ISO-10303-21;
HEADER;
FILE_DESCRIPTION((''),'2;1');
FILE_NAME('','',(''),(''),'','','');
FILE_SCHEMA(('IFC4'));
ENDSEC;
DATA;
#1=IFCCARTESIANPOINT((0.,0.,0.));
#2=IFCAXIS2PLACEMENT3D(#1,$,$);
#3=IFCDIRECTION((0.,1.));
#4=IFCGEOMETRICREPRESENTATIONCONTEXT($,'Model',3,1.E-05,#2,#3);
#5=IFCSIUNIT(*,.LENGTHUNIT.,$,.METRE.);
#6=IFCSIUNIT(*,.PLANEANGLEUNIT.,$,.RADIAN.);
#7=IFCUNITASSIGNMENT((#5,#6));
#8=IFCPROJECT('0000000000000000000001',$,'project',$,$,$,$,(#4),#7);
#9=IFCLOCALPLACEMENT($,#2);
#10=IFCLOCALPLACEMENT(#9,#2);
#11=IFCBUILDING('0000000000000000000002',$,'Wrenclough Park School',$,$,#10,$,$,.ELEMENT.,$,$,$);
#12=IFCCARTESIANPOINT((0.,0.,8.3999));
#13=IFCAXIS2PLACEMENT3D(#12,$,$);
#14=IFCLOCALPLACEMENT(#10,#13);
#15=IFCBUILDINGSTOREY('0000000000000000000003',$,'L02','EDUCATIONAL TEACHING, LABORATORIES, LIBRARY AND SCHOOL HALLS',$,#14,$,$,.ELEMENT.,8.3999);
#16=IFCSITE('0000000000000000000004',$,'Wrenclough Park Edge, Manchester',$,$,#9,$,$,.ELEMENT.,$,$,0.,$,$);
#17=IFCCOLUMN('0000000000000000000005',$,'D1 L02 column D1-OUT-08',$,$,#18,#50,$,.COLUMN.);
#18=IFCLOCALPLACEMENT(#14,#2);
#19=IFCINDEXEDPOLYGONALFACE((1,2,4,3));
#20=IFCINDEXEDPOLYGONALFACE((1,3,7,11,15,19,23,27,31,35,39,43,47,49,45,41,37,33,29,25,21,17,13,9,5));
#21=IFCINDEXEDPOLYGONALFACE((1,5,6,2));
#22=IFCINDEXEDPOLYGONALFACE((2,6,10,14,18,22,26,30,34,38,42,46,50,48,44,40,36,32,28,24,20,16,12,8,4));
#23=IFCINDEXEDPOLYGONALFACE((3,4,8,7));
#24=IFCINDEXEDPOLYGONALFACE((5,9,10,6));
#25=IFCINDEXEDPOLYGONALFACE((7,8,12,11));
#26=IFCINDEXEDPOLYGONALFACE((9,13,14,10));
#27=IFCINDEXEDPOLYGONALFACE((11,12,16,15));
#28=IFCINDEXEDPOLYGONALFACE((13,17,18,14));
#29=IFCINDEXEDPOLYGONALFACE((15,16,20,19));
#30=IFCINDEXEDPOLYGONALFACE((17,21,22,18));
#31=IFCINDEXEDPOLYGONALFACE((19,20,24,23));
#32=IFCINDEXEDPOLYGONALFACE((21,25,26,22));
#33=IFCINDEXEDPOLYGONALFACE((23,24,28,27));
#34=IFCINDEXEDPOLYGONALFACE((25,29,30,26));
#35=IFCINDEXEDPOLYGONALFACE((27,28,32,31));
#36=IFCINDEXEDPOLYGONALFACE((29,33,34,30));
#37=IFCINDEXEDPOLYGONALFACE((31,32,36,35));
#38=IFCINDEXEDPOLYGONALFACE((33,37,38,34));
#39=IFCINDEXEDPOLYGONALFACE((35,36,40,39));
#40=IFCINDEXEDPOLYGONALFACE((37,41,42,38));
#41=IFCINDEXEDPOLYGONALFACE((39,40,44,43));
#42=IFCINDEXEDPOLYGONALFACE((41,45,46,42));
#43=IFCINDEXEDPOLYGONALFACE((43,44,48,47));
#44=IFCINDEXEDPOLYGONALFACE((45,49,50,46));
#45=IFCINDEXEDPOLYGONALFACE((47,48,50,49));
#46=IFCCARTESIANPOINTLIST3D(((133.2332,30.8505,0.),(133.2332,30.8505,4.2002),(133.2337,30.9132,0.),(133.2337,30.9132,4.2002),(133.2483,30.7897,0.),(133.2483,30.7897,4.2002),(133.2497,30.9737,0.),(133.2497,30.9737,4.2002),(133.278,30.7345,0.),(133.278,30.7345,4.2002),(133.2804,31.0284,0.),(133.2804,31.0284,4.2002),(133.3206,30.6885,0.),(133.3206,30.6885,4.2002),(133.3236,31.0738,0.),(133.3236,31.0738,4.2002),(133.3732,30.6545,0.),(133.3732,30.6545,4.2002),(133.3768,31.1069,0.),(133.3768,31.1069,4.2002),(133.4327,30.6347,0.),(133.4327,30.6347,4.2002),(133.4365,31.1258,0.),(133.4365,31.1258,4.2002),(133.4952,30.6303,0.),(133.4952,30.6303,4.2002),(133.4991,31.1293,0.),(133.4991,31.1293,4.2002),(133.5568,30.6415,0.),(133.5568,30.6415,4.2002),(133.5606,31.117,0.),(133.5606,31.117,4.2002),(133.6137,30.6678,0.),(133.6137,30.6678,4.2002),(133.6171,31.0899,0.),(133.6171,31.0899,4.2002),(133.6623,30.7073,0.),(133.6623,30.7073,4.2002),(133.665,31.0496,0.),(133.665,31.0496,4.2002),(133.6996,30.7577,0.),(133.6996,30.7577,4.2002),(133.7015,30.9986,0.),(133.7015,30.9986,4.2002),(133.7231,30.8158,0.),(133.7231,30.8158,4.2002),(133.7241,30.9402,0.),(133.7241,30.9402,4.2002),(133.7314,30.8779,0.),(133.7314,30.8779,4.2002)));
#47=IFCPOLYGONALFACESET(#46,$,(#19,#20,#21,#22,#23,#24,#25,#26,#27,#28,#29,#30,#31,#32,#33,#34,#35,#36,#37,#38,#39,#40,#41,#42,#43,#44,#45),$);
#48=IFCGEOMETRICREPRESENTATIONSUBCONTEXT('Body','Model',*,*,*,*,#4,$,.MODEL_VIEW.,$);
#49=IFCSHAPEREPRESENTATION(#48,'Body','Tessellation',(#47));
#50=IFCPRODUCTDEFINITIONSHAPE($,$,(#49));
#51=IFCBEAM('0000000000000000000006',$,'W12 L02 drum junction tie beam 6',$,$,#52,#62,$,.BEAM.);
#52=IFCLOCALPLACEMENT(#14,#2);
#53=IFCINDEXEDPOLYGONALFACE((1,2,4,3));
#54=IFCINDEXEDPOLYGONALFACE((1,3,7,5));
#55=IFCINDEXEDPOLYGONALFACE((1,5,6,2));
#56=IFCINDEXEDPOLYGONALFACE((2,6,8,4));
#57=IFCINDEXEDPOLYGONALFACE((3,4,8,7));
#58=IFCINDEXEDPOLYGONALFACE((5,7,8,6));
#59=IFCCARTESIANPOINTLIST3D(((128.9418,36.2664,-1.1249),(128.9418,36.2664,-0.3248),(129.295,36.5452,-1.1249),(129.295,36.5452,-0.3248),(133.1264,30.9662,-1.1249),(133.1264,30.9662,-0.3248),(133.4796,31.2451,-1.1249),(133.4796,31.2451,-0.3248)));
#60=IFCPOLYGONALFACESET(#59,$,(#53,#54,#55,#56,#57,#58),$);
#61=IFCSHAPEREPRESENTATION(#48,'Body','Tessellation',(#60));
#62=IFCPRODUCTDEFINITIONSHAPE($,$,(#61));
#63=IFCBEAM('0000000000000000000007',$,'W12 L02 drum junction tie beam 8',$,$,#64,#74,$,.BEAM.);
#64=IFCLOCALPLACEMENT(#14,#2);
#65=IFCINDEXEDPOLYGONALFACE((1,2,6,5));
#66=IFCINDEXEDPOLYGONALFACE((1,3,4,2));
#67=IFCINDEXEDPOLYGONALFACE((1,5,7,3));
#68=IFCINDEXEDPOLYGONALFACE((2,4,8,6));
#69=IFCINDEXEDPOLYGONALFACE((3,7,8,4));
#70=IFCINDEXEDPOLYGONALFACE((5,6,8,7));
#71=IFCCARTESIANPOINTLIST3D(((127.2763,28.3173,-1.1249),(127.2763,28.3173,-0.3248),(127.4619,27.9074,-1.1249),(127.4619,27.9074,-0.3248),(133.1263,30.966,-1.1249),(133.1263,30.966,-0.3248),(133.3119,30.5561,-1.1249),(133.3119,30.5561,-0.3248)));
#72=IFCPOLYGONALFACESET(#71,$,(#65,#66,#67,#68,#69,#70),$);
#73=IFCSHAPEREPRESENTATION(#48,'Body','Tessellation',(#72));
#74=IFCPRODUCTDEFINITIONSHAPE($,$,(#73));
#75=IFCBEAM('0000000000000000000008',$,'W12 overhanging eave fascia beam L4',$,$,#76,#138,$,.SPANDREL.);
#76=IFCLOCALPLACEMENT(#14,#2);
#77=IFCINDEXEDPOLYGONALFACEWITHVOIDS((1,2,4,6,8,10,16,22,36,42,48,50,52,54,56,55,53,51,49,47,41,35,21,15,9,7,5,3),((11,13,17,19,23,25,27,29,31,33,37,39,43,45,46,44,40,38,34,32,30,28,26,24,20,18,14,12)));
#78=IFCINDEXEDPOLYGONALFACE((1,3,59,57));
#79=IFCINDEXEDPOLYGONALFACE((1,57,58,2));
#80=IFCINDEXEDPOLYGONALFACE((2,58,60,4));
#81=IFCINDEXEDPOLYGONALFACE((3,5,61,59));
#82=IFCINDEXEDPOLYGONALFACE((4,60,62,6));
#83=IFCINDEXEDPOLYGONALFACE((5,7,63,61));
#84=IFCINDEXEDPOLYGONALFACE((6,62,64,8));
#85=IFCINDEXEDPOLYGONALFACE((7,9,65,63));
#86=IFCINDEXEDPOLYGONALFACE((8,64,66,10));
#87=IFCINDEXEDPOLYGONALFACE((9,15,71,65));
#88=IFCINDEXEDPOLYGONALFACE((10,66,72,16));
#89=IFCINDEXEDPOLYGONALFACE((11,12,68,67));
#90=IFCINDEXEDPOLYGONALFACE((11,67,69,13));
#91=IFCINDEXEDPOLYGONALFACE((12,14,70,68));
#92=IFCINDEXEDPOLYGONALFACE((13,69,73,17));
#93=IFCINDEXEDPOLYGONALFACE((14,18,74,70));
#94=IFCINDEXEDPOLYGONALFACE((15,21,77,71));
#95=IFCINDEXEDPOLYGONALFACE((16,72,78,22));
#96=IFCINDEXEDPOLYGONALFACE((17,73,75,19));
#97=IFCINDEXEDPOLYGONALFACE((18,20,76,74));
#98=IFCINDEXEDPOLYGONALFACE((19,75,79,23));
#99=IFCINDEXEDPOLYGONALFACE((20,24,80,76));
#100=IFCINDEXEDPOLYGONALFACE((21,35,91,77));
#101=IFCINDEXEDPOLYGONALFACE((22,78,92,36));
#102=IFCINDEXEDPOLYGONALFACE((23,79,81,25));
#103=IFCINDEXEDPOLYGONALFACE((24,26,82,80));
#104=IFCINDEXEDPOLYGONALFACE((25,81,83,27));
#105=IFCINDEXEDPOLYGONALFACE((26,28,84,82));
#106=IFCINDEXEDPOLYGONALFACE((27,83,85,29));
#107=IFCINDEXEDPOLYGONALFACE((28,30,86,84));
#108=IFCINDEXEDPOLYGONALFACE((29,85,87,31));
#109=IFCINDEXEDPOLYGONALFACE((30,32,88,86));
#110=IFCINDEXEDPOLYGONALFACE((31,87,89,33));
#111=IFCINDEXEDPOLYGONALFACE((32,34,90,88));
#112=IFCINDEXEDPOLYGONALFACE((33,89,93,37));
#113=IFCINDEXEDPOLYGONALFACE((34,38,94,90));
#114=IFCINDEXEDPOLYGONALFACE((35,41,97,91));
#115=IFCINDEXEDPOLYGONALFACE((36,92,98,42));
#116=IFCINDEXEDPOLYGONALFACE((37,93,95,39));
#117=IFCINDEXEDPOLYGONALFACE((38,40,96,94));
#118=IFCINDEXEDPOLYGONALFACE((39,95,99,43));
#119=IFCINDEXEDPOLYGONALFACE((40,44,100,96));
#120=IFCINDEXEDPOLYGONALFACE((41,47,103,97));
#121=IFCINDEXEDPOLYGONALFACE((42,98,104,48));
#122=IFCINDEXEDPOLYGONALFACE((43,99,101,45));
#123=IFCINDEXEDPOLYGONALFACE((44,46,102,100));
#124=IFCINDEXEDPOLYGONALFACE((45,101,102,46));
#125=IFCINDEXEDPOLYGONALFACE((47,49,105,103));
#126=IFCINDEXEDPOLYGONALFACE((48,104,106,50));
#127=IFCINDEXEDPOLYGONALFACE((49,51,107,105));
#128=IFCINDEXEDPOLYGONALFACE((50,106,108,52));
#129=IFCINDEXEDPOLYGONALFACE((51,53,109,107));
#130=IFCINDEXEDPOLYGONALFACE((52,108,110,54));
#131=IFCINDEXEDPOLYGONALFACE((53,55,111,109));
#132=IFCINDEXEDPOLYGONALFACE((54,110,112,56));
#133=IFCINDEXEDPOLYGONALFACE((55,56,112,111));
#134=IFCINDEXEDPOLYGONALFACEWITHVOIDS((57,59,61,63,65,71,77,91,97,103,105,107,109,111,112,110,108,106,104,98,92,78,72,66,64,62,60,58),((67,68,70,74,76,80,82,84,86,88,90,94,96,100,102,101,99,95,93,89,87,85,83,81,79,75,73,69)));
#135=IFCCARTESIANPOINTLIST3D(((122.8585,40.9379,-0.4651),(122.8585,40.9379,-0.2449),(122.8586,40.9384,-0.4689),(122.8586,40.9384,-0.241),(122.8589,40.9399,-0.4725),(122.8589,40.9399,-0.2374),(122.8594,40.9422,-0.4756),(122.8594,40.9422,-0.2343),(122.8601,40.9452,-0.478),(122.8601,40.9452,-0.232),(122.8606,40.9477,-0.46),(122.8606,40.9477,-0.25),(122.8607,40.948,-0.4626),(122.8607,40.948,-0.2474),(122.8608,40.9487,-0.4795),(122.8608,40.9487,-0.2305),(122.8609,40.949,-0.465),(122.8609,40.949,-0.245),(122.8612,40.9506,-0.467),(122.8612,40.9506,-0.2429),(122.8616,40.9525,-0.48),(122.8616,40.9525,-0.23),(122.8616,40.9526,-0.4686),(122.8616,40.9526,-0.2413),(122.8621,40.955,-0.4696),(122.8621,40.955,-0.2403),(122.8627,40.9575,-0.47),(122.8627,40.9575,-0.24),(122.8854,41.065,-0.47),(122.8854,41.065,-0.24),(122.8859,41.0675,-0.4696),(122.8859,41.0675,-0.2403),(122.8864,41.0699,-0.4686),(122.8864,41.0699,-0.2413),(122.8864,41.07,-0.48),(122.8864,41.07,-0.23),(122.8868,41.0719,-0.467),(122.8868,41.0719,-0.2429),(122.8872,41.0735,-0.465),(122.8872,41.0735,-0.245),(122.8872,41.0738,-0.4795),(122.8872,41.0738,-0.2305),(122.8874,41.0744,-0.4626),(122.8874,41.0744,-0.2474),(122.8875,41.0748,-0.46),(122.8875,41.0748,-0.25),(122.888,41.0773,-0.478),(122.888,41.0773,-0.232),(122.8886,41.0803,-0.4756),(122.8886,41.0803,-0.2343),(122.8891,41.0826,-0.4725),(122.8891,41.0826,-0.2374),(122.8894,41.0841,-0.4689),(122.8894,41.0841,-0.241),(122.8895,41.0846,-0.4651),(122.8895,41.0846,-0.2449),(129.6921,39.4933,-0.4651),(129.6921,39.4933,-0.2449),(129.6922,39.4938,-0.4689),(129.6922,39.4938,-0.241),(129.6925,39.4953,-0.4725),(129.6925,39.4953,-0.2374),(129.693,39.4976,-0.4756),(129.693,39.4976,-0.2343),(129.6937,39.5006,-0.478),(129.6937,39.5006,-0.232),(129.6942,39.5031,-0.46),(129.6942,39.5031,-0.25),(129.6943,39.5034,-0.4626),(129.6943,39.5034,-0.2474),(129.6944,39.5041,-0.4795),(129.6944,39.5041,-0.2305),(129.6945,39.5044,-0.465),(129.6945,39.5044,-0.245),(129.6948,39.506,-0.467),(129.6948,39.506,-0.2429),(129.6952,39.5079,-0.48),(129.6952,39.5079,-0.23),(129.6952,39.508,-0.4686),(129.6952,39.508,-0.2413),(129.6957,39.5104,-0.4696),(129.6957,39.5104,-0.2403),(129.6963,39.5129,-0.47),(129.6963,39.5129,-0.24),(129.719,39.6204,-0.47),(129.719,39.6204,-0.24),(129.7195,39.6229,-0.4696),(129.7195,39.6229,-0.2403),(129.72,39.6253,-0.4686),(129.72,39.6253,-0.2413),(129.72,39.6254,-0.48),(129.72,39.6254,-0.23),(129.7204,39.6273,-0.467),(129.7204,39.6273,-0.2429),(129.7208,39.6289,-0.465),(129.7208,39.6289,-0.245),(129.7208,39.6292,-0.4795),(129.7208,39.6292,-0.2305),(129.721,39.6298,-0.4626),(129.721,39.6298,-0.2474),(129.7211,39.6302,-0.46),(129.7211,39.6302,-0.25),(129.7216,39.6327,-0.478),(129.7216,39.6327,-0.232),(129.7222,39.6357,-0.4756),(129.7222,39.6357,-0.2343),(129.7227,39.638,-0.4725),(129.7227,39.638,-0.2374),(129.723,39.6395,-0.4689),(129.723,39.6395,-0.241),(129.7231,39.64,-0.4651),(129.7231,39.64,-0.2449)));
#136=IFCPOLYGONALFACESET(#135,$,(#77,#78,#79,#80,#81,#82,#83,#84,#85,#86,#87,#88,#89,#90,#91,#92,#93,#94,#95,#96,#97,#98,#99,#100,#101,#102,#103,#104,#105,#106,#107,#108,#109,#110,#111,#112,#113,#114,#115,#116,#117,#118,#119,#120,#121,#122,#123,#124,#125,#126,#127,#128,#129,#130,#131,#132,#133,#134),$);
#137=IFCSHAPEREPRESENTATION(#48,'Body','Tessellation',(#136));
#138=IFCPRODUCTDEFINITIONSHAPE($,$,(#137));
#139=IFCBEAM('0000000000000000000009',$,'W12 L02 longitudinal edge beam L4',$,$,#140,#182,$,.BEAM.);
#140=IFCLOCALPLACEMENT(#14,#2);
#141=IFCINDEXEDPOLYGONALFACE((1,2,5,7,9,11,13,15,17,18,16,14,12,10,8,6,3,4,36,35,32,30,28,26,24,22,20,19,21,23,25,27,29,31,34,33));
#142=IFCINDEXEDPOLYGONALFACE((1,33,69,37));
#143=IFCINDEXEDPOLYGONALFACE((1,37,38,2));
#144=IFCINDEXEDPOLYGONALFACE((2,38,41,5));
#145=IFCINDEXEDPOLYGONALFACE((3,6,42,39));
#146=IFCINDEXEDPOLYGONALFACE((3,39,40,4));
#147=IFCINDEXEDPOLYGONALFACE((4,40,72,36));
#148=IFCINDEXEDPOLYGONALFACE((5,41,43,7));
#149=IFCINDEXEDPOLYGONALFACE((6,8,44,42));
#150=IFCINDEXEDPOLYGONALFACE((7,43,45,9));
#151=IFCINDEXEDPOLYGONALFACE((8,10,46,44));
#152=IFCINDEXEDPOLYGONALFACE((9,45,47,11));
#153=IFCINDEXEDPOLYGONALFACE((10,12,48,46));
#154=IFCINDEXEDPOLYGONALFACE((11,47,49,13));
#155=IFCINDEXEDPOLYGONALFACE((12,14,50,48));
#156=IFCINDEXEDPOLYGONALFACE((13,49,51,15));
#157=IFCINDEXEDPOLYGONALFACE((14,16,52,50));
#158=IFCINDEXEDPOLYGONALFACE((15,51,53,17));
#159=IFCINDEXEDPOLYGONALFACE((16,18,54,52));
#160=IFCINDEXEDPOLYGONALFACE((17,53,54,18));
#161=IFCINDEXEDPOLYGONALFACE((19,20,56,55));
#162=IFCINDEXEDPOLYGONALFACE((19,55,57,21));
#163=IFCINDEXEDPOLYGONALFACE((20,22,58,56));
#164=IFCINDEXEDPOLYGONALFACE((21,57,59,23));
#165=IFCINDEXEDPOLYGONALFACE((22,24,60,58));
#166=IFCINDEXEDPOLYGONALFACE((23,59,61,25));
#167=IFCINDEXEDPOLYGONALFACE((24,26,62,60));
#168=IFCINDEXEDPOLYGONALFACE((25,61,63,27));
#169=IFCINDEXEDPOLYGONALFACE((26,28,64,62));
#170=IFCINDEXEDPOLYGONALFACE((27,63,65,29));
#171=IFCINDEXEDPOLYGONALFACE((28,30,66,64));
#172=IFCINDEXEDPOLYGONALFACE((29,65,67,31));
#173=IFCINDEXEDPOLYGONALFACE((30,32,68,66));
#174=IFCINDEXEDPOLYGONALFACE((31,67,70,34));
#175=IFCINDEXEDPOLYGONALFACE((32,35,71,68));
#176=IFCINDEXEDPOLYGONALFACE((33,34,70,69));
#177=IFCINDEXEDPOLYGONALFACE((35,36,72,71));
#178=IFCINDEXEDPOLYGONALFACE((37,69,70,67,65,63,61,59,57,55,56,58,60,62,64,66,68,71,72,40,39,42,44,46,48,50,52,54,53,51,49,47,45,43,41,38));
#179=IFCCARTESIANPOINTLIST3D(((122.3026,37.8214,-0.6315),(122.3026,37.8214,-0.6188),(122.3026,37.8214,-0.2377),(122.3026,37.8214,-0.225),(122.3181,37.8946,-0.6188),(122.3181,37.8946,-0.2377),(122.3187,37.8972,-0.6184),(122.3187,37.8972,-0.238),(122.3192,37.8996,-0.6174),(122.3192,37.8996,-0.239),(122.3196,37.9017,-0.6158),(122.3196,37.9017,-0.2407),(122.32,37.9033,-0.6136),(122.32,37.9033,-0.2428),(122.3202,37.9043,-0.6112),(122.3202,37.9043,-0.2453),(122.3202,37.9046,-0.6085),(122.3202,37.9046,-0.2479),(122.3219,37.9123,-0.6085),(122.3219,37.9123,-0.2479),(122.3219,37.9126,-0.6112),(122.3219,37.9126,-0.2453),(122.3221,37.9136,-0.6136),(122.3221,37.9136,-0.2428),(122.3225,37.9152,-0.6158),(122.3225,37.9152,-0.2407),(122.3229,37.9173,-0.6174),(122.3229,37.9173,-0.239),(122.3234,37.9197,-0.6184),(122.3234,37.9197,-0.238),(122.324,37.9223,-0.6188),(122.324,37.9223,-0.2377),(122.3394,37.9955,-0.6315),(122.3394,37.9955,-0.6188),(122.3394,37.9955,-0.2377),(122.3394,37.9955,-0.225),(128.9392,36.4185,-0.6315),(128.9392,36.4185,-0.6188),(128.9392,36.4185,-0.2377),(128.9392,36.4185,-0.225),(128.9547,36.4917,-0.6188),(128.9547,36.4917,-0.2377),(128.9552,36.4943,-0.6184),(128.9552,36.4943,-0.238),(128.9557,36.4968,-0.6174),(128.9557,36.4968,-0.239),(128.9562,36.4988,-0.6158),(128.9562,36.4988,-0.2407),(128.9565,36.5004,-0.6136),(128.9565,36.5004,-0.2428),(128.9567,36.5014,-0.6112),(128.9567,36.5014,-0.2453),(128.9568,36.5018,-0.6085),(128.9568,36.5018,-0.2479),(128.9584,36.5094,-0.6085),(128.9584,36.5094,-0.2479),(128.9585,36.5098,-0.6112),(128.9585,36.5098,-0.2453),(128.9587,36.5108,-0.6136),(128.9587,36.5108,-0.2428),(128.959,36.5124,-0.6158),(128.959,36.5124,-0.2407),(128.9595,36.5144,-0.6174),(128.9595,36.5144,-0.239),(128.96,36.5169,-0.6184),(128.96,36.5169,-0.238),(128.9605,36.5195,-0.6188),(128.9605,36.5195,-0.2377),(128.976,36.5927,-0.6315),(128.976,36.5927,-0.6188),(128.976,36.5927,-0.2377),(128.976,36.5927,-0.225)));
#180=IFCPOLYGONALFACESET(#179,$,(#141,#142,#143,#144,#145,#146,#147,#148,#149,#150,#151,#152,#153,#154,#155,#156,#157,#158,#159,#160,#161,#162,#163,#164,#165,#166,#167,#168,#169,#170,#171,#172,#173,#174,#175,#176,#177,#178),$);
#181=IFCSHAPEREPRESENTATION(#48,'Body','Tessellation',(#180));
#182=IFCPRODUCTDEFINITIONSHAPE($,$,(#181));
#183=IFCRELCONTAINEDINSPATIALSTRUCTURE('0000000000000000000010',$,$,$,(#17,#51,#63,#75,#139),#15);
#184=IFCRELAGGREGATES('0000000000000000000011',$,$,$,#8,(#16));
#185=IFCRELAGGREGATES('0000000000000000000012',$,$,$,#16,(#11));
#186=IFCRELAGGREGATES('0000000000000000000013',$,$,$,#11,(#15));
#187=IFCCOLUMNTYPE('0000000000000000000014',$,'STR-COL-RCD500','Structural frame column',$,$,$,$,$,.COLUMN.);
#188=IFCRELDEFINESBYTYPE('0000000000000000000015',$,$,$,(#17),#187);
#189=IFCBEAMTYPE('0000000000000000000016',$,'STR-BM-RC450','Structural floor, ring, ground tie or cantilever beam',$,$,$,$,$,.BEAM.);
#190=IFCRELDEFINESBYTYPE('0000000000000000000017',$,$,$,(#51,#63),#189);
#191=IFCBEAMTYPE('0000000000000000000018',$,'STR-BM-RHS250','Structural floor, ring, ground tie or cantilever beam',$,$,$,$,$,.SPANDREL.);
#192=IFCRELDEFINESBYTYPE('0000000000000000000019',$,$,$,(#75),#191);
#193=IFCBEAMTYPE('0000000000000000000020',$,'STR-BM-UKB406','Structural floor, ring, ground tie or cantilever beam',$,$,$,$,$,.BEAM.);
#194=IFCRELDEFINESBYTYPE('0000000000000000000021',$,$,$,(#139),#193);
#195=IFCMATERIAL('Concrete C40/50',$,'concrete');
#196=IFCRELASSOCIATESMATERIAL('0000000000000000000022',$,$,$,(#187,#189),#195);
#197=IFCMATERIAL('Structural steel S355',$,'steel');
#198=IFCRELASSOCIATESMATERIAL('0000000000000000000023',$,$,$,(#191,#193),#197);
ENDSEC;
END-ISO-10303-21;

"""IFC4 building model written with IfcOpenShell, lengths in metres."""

from ifc_helpers import new_model, si_unit, direction, frame, origin, origin_2d, place, context, subcontext, project, spatial, rectangle, hollow_rectangle, circle, i_section, extrude, material, material_profile, profile_set, type_object, element, save


model = new_model("IFC4")

# Units and contexts
model_context = context("Model", 3, precision=1e-05, world=origin(), true_north=direction((0.0, 1.0)))
body_context = subcontext(model_context, "Body", "Model", "MODEL_VIEW")
ifc_project = project(units=[si_unit("LENGTHUNIT", "METRE"), si_unit("PLANEANGLEUNIT", "RADIAN")], contexts=[model_context])

# Site, building, storey
site_placement = place(None, origin())
site = spatial("IfcSite", under=ifc_project, at=site_placement, Name="Wrenclough Park Edge, Manchester", CompositionType="ELEMENT", RefElevation=0.0)
building_placement = place(site_placement, origin())
building = spatial("IfcBuilding", under=site, at=building_placement, Name="Wrenclough Park School", CompositionType="ELEMENT")
storey_placement = place(building_placement, frame((0.0, 0.0, 8.3999)))
storey = spatial("IfcBuildingStorey", under=building, at=storey_placement, Name="L02", Description="EDUCATIONAL TEACHING, LABORATORIES, LIBRARY AND SCHOOL HALLS", CompositionType="ELEMENT", Elevation=8.3999)

# Column
ifc_material_1 = material(Name="Concrete C40/50", Category="concrete")
ifc_material_profile_1 = material_profile(ifc_material_1, circle(Radius=0.25, at=origin_2d()), Name="RC COL D500")
ifc_profile_set_1 = profile_set([ifc_material_profile_1], Name="Concrete C40/50")
column_type = type_object("IfcColumnType", Name="STR-COL-RCD500", Description="Structural frame column", PredefinedType="COLUMN", material=ifc_profile_set_1)
for number, where, z_axis, x_axis, name in (
    (1, (133.4814, 30.8799, 0.0), (0.0, 0.0, 1.0), (-0.19509, -0.980785, 0.0), "D1 L02 column D1-OUT-08"),
):
    element("IfcColumn", number, at=place(storey_placement, frame(where, z_axis=z_axis, x_axis=x_axis)), inside=storey, type_object=column_type, Name=name, PredefinedType="COLUMN", context=body_context, shape_type="SweptSolid", body=[
        extrude(circle(Radius=0.25, at=origin_2d()), origin(), (0.0, 0.0, 1.0), 4.2002),
    ])

# Beams
ifc_material_profile_2 = material_profile(ifc_material_1, rectangle(XDim=0.45, YDim=0.8, at=origin_2d()), Name="RC BEAM 450x800")
ifc_profile_set_2 = profile_set([ifc_material_profile_2], Name="Concrete C40/50")
beam_type_1 = type_object("IfcBeamType", Name="STR-BM-RC450", Description="Structural floor, ring, ground tie or cantilever beam", PredefinedType="BEAM", material=ifc_profile_set_2)
beam_1_placement = place(storey_placement, frame((129.1184, 36.4058, -0.7249), z_axis=(0.619674, -0.78486, 0.0), x_axis=(0.78486, 0.619674, 0.0)))
element("IfcBeam", 2, at=beam_1_placement, inside=storey, type_object=beam_type_1, Name="W12 L02 drum junction tie beam 6", PredefinedType="BEAM", context=body_context, shape_type="SweptSolid", body=[
    extrude(rectangle(XDim=0.45, YDim=0.8, at=origin_2d()), origin(), (0.0, 0.0, 1.0), 6.7529),
])
beam_2_placement = place(storey_placement, frame((127.3691, 28.1123, -0.7249), z_axis=(0.910972, 0.412468, 0.0), x_axis=(-0.412468, 0.910972, 0.0)))
element("IfcBeam", 3, at=beam_2_placement, inside=storey, type_object=beam_type_1, Name="W12 L02 drum junction tie beam 8", PredefinedType="BEAM", context=body_context, shape_type="SweptSolid", body=[
    extrude(rectangle(XDim=0.45, YDim=0.8, at=origin_2d()), origin(), (0.0, 0.0, 1.0), 6.4216),
])
ifc_material_2 = material(Name="Structural steel S355", Category="steel")
ifc_material_profile_3 = material_profile(ifc_material_2, hollow_rectangle(XDim=0.1499, YDim=0.25, WallThickness=0.01, InnerFilletRadius=0.01, OuterFilletRadius=0.0149, at=origin_2d()), Name="RHS 250x150x10.0")
ifc_profile_set_3 = profile_set([ifc_material_profile_3], Name="Structural steel S355")
beam_type_2 = type_object("IfcBeamType", Name="STR-BM-RHS250", Description="Structural floor, ring, ground tie or cantilever beam", PredefinedType="SPANDREL", material=ifc_profile_set_3)
beam_3_placement = place(storey_placement, frame((122.874, 41.0112, -0.355), z_axis=(0.978378, -0.206826, 0.0), x_axis=(0.206826, 0.978378, 0.0)))
element("IfcBeam", 4, at=beam_3_placement, inside=storey, type_object=beam_type_2, Name="W12 overhanging eave fascia beam L4", PredefinedType="SPANDREL", context=body_context, shape_type="SweptSolid", body=[
    extrude(hollow_rectangle(XDim=0.1499, YDim=0.25, WallThickness=0.01, InnerFilletRadius=0.01, OuterFilletRadius=0.0149, at=origin_2d()), origin(), (0.0, 0.0, 1.0), 6.9846),
])
ifc_material_profile_4 = material_profile(ifc_material_2, i_section(OverallWidth=0.178, OverallDepth=0.4065, WebThickness=0.0078, FlangeThickness=0.0127, FilletRadius=0.0103, at=origin_2d()), Name="UKB 406x178x60")
ifc_profile_set_4 = profile_set([ifc_material_profile_4], Name="Structural steel S355")
beam_type_3 = type_object("IfcBeamType", Name="STR-BM-UKB406", Description="Structural floor, ring, ground tie or cantilever beam", PredefinedType="BEAM", material=ifc_profile_set_4)
beam_4_placement = place(storey_placement, frame((122.321, 37.9084, -0.4282), z_axis=(0.978381, -0.206812, 0.0), x_axis=(0.206812, 0.978381, 0.0)))
element("IfcBeam", 5, at=beam_4_placement, inside=storey, type_object=beam_type_3, Name="W12 L02 longitudinal edge beam L4", PredefinedType="BEAM", context=body_context, shape_type="SweptSolid", body=[
    extrude(i_section(OverallWidth=0.178, OverallDepth=0.4065, WebThickness=0.0078, FlangeThickness=0.0127, FilletRadius=0.0103, at=origin_2d()), origin(), (0.0, 0.0, 1.0), 6.7832),
])

save(model, "model.ifc")
